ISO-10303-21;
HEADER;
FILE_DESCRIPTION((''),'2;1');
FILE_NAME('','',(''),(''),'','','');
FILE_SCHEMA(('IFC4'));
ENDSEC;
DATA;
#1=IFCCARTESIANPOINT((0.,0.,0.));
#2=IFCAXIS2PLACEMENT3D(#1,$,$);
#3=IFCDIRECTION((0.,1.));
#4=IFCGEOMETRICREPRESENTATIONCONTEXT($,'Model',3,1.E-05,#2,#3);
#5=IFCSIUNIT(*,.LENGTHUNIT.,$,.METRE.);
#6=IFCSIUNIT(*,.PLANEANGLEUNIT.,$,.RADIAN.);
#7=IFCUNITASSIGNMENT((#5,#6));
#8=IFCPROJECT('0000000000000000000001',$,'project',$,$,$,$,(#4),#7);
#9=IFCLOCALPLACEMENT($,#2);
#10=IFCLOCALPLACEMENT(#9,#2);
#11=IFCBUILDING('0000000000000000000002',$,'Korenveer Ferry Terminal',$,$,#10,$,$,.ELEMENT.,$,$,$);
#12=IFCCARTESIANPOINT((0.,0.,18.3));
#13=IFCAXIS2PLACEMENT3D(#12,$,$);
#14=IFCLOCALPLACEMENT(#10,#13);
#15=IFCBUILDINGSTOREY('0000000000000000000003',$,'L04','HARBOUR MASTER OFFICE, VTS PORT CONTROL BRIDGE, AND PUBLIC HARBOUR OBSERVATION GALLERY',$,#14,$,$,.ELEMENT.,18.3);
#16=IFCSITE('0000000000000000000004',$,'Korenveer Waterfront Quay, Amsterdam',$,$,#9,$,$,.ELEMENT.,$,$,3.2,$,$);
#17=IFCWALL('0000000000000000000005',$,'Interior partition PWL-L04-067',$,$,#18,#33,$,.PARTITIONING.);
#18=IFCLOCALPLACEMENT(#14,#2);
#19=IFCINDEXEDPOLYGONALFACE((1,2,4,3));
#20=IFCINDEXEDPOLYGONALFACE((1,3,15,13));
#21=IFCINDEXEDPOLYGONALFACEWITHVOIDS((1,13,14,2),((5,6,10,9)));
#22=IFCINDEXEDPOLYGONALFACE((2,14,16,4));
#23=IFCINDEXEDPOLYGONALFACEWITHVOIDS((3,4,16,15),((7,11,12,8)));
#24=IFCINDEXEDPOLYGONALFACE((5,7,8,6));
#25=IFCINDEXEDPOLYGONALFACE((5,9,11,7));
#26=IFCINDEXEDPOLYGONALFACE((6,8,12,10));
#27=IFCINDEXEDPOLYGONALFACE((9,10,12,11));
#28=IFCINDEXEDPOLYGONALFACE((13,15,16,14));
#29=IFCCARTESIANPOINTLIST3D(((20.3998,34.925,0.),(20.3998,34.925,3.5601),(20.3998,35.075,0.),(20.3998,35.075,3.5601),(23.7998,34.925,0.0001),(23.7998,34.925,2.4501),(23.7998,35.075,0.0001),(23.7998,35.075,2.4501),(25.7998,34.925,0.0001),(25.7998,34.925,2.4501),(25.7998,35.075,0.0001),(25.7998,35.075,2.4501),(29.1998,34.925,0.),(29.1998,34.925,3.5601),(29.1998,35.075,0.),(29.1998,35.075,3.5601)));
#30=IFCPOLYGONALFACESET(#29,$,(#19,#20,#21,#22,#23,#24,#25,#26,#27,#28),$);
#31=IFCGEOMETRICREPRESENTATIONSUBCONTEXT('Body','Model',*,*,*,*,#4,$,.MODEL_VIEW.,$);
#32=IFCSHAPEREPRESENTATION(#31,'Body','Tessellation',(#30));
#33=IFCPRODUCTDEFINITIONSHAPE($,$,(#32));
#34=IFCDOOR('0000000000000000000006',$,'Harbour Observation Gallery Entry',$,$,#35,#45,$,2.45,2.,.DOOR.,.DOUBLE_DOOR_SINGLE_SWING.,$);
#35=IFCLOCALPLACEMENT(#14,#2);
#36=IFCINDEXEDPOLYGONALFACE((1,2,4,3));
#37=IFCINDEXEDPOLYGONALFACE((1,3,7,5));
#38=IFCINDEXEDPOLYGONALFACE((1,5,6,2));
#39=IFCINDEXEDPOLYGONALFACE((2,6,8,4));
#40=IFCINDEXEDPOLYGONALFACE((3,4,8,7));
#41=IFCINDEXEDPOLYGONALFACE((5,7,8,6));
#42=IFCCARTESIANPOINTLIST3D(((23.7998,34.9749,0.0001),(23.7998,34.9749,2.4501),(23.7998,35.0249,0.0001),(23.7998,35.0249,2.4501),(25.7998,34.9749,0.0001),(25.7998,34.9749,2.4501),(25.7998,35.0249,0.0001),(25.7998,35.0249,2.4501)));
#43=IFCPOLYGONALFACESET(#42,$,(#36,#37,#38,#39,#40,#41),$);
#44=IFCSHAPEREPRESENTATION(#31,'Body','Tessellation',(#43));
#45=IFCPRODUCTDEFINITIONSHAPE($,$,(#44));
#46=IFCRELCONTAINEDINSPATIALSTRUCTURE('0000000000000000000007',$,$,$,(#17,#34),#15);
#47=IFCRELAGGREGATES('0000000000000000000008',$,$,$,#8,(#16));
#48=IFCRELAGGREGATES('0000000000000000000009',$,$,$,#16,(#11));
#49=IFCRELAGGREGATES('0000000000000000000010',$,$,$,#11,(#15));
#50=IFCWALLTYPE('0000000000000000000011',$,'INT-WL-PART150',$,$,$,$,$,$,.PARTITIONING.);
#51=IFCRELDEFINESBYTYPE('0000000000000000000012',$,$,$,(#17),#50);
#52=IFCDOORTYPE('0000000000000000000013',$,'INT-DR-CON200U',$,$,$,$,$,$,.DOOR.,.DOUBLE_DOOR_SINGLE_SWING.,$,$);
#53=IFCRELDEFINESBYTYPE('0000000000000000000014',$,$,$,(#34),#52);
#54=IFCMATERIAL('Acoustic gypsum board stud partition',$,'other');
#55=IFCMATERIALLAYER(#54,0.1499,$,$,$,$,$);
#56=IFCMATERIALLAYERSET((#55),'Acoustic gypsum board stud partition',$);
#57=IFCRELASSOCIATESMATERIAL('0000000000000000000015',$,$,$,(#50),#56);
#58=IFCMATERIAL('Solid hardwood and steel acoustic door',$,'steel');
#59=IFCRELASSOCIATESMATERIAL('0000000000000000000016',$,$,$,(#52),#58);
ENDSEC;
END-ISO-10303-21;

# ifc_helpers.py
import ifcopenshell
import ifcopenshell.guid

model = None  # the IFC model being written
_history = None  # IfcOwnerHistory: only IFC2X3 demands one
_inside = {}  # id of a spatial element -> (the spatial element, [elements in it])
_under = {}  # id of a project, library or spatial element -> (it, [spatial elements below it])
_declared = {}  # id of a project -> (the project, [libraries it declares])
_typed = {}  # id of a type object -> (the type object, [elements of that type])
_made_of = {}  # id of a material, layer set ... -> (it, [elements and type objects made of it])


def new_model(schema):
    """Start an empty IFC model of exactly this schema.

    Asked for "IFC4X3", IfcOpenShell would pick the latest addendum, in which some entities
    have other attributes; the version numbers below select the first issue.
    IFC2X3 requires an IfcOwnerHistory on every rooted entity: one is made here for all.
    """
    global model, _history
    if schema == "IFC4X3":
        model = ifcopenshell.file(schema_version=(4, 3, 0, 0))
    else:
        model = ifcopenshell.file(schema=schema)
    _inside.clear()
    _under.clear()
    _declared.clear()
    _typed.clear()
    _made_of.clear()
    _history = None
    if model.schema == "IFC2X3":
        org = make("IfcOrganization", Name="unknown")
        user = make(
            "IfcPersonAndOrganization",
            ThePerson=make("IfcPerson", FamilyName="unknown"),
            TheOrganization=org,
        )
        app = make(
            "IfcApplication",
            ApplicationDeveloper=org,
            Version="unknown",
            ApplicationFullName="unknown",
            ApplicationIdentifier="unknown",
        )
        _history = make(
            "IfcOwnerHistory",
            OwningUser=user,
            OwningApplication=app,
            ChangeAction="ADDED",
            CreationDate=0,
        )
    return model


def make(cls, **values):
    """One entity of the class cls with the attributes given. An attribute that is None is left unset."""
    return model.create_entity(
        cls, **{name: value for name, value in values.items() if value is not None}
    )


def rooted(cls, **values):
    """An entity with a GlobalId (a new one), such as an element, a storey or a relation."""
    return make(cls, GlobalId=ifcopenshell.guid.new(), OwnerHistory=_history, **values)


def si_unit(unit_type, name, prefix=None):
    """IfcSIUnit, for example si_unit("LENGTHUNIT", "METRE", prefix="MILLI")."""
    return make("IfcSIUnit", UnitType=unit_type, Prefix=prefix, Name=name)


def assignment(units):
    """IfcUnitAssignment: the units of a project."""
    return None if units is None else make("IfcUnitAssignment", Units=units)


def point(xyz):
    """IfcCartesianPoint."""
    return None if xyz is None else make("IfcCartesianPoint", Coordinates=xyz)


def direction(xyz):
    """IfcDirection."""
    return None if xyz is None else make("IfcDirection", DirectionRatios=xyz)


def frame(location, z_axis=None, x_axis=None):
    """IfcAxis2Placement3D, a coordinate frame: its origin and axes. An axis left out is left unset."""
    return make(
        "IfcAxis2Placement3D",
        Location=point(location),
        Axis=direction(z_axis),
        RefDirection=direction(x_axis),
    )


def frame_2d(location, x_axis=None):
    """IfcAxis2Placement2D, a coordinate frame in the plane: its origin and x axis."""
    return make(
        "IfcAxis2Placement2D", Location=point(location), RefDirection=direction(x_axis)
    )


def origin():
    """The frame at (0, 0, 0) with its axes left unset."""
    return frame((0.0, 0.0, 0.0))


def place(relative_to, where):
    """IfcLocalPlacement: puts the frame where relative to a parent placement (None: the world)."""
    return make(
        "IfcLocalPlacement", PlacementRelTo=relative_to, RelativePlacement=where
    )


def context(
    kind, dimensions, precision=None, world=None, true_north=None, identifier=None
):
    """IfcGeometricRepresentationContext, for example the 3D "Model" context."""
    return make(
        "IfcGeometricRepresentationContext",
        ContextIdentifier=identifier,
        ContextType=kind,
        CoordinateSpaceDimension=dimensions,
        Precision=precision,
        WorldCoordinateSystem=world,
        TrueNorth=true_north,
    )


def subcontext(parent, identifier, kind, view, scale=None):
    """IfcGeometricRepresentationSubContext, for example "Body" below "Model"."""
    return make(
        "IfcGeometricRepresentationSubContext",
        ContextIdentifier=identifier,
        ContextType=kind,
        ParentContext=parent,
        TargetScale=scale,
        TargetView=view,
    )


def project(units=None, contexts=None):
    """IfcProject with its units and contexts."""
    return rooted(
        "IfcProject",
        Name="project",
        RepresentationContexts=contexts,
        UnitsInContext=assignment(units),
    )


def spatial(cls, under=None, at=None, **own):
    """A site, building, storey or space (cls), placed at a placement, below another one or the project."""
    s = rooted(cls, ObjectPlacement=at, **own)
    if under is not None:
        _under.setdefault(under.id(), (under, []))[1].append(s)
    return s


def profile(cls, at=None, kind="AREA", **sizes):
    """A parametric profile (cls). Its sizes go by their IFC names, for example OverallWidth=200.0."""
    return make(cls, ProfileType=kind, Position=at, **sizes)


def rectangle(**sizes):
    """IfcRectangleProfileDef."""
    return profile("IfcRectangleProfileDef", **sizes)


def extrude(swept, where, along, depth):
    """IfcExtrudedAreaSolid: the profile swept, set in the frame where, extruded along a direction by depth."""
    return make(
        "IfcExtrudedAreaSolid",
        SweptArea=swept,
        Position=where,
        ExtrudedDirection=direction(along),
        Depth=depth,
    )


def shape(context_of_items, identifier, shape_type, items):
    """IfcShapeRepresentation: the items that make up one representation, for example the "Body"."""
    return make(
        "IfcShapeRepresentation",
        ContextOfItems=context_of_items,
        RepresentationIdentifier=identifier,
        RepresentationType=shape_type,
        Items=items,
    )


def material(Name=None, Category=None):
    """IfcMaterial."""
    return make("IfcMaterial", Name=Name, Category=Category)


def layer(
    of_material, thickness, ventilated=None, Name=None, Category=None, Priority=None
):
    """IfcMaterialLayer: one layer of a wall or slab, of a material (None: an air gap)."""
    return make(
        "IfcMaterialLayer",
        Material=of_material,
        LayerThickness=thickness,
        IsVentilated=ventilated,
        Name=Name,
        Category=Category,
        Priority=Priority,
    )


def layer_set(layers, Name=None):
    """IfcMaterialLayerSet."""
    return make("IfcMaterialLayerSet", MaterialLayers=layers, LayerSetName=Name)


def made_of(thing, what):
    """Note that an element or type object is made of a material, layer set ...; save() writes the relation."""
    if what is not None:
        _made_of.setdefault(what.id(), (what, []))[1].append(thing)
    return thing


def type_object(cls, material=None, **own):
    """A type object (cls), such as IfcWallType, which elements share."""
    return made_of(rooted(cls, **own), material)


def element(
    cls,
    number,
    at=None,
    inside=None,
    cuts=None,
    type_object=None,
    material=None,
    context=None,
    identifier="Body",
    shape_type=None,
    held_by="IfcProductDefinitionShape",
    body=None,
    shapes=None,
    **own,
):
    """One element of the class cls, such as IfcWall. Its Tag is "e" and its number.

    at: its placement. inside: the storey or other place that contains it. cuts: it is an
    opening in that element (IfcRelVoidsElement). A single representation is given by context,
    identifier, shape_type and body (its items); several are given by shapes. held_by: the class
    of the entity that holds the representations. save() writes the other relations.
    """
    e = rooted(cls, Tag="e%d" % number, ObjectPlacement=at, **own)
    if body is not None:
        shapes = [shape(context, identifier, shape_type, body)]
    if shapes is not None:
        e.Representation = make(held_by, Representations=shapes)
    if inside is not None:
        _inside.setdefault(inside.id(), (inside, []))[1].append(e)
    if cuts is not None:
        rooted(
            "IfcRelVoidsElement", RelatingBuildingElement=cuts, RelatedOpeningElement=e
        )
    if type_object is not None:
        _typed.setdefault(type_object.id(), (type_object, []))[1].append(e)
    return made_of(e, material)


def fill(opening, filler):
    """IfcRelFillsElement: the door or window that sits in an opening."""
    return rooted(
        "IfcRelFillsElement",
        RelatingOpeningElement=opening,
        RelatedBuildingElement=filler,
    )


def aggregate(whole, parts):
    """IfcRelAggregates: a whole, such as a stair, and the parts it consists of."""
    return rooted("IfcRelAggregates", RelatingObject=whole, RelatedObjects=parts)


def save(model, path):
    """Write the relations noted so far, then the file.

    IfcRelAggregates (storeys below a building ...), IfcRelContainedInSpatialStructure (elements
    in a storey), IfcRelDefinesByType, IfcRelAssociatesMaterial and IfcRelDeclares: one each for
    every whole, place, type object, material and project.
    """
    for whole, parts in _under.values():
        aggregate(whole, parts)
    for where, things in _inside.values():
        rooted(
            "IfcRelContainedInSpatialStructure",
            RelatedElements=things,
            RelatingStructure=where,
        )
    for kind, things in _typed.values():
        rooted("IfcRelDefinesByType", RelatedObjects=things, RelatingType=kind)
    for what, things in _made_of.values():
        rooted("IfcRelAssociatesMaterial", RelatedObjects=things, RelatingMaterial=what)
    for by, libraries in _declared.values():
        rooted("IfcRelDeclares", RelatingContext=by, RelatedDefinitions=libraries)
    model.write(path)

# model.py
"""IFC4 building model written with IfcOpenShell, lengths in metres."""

from ifc_helpers import new_model, si_unit, direction, frame, frame_2d, origin, place, context, subcontext, project, spatial, rectangle, extrude, material, layer, layer_set, type_object, element, fill, save


model = new_model("IFC4")

# Units and contexts
model_context = context("Model", 3, precision=1e-05, world=origin(), true_north=direction((0.0, 1.0)))
body_context = subcontext(model_context, "Body", "Model", "MODEL_VIEW")
ifc_project = project(units=[si_unit("LENGTHUNIT", "METRE"), si_unit("PLANEANGLEUNIT", "RADIAN")], contexts=[model_context])

# Site, building, storey
site_placement = place(None, origin())
site = spatial("IfcSite", under=ifc_project, at=site_placement, Name="Korenveer Waterfront Quay, Amsterdam", CompositionType="ELEMENT", RefElevation=3.2)
building_placement = place(site_placement, origin())
building = spatial("IfcBuilding", under=site, at=building_placement, Name="Korenveer Ferry Terminal", CompositionType="ELEMENT")
storey_placement = place(building_placement, frame((0.0, 0.0, 18.3)))
storey = spatial("IfcBuildingStorey", under=building, at=storey_placement, Name="L04", Description="HARBOUR MASTER OFFICE, VTS PORT CONTROL BRIDGE, AND PUBLIC HARBOUR OBSERVATION GALLERY", CompositionType="ELEMENT", Elevation=18.3)

# Wall, opening, door
ifc_material_1 = material(Name="Acoustic gypsum board stud partition", Category="other")
ifc_layer_1 = layer(ifc_material_1, 0.1499)
ifc_layer_set_1 = layer_set([ifc_layer_1], Name="Acoustic gypsum board stud partition")
wall_type = type_object("IfcWallType", Name="INT-WL-PART150", PredefinedType="PARTITIONING", material=ifc_layer_set_1)
wall_placement = place(storey_placement, frame((20.3999, 35.0, 0.0), z_axis=(0.0, 0.0, 1.0), x_axis=(1.0, 0.0, 0.0)))
wall = element("IfcWall", 1, at=wall_placement, inside=storey, type_object=wall_type, Name="Interior partition PWL-L04-067", PredefinedType="PARTITIONING", context=body_context, shape_type="SweptSolid", body=[
    extrude(rectangle(XDim=8.8, YDim=0.1499, at=frame_2d((4.3999, 0.0))), origin(), (0.0, 0.0, 1.0), 3.5601),
])
opening_placement = place(wall_placement, frame((3.3999, 0.0, 0.0)))
opening = element("IfcOpeningElement", 2, at=opening_placement, cuts=wall, PredefinedType="OPENING", context=body_context, shape_type="SweptSolid", body=[
    extrude(rectangle(XDim=2.0, YDim=2.45, at=frame_2d((1.0, 1.2251))), frame((0.0, 0.085, 0.0), z_axis=(0.0, -1.0, 0.0), x_axis=(1.0, 0.0, 0.0)), (0.0, 0.0, 1.0), 0.1699),
])
ifc_material_2 = material(Name="Solid hardwood and steel acoustic door", Category="steel")
door_type = type_object("IfcDoorType", Name="INT-DR-CON200U", OperationType="DOUBLE_DOOR_SINGLE_SWING", PredefinedType="DOOR", material=ifc_material_2)
door_placement = place(opening_placement, origin())
door = element("IfcDoor", 3, at=door_placement, inside=storey, type_object=door_type, Name="Harbour Observation Gallery Entry", OperationType="DOUBLE_DOOR_SINGLE_SWING", OverallHeight=2.45, OverallWidth=2.0, PredefinedType="DOOR", context=body_context, shape_type="SweptSolid", body=[
    extrude(rectangle(XDim=2.0, YDim=2.45, at=frame_2d((1.0, 1.2251))), frame((0.0, 0.0249, 0.0), z_axis=(0.0, -1.0, 0.0), x_axis=(1.0, 0.0, 0.0)), (0.0, 0.0, 1.0), 0.05),
])
fill(opening, door)

save(model, "model.ifc")
